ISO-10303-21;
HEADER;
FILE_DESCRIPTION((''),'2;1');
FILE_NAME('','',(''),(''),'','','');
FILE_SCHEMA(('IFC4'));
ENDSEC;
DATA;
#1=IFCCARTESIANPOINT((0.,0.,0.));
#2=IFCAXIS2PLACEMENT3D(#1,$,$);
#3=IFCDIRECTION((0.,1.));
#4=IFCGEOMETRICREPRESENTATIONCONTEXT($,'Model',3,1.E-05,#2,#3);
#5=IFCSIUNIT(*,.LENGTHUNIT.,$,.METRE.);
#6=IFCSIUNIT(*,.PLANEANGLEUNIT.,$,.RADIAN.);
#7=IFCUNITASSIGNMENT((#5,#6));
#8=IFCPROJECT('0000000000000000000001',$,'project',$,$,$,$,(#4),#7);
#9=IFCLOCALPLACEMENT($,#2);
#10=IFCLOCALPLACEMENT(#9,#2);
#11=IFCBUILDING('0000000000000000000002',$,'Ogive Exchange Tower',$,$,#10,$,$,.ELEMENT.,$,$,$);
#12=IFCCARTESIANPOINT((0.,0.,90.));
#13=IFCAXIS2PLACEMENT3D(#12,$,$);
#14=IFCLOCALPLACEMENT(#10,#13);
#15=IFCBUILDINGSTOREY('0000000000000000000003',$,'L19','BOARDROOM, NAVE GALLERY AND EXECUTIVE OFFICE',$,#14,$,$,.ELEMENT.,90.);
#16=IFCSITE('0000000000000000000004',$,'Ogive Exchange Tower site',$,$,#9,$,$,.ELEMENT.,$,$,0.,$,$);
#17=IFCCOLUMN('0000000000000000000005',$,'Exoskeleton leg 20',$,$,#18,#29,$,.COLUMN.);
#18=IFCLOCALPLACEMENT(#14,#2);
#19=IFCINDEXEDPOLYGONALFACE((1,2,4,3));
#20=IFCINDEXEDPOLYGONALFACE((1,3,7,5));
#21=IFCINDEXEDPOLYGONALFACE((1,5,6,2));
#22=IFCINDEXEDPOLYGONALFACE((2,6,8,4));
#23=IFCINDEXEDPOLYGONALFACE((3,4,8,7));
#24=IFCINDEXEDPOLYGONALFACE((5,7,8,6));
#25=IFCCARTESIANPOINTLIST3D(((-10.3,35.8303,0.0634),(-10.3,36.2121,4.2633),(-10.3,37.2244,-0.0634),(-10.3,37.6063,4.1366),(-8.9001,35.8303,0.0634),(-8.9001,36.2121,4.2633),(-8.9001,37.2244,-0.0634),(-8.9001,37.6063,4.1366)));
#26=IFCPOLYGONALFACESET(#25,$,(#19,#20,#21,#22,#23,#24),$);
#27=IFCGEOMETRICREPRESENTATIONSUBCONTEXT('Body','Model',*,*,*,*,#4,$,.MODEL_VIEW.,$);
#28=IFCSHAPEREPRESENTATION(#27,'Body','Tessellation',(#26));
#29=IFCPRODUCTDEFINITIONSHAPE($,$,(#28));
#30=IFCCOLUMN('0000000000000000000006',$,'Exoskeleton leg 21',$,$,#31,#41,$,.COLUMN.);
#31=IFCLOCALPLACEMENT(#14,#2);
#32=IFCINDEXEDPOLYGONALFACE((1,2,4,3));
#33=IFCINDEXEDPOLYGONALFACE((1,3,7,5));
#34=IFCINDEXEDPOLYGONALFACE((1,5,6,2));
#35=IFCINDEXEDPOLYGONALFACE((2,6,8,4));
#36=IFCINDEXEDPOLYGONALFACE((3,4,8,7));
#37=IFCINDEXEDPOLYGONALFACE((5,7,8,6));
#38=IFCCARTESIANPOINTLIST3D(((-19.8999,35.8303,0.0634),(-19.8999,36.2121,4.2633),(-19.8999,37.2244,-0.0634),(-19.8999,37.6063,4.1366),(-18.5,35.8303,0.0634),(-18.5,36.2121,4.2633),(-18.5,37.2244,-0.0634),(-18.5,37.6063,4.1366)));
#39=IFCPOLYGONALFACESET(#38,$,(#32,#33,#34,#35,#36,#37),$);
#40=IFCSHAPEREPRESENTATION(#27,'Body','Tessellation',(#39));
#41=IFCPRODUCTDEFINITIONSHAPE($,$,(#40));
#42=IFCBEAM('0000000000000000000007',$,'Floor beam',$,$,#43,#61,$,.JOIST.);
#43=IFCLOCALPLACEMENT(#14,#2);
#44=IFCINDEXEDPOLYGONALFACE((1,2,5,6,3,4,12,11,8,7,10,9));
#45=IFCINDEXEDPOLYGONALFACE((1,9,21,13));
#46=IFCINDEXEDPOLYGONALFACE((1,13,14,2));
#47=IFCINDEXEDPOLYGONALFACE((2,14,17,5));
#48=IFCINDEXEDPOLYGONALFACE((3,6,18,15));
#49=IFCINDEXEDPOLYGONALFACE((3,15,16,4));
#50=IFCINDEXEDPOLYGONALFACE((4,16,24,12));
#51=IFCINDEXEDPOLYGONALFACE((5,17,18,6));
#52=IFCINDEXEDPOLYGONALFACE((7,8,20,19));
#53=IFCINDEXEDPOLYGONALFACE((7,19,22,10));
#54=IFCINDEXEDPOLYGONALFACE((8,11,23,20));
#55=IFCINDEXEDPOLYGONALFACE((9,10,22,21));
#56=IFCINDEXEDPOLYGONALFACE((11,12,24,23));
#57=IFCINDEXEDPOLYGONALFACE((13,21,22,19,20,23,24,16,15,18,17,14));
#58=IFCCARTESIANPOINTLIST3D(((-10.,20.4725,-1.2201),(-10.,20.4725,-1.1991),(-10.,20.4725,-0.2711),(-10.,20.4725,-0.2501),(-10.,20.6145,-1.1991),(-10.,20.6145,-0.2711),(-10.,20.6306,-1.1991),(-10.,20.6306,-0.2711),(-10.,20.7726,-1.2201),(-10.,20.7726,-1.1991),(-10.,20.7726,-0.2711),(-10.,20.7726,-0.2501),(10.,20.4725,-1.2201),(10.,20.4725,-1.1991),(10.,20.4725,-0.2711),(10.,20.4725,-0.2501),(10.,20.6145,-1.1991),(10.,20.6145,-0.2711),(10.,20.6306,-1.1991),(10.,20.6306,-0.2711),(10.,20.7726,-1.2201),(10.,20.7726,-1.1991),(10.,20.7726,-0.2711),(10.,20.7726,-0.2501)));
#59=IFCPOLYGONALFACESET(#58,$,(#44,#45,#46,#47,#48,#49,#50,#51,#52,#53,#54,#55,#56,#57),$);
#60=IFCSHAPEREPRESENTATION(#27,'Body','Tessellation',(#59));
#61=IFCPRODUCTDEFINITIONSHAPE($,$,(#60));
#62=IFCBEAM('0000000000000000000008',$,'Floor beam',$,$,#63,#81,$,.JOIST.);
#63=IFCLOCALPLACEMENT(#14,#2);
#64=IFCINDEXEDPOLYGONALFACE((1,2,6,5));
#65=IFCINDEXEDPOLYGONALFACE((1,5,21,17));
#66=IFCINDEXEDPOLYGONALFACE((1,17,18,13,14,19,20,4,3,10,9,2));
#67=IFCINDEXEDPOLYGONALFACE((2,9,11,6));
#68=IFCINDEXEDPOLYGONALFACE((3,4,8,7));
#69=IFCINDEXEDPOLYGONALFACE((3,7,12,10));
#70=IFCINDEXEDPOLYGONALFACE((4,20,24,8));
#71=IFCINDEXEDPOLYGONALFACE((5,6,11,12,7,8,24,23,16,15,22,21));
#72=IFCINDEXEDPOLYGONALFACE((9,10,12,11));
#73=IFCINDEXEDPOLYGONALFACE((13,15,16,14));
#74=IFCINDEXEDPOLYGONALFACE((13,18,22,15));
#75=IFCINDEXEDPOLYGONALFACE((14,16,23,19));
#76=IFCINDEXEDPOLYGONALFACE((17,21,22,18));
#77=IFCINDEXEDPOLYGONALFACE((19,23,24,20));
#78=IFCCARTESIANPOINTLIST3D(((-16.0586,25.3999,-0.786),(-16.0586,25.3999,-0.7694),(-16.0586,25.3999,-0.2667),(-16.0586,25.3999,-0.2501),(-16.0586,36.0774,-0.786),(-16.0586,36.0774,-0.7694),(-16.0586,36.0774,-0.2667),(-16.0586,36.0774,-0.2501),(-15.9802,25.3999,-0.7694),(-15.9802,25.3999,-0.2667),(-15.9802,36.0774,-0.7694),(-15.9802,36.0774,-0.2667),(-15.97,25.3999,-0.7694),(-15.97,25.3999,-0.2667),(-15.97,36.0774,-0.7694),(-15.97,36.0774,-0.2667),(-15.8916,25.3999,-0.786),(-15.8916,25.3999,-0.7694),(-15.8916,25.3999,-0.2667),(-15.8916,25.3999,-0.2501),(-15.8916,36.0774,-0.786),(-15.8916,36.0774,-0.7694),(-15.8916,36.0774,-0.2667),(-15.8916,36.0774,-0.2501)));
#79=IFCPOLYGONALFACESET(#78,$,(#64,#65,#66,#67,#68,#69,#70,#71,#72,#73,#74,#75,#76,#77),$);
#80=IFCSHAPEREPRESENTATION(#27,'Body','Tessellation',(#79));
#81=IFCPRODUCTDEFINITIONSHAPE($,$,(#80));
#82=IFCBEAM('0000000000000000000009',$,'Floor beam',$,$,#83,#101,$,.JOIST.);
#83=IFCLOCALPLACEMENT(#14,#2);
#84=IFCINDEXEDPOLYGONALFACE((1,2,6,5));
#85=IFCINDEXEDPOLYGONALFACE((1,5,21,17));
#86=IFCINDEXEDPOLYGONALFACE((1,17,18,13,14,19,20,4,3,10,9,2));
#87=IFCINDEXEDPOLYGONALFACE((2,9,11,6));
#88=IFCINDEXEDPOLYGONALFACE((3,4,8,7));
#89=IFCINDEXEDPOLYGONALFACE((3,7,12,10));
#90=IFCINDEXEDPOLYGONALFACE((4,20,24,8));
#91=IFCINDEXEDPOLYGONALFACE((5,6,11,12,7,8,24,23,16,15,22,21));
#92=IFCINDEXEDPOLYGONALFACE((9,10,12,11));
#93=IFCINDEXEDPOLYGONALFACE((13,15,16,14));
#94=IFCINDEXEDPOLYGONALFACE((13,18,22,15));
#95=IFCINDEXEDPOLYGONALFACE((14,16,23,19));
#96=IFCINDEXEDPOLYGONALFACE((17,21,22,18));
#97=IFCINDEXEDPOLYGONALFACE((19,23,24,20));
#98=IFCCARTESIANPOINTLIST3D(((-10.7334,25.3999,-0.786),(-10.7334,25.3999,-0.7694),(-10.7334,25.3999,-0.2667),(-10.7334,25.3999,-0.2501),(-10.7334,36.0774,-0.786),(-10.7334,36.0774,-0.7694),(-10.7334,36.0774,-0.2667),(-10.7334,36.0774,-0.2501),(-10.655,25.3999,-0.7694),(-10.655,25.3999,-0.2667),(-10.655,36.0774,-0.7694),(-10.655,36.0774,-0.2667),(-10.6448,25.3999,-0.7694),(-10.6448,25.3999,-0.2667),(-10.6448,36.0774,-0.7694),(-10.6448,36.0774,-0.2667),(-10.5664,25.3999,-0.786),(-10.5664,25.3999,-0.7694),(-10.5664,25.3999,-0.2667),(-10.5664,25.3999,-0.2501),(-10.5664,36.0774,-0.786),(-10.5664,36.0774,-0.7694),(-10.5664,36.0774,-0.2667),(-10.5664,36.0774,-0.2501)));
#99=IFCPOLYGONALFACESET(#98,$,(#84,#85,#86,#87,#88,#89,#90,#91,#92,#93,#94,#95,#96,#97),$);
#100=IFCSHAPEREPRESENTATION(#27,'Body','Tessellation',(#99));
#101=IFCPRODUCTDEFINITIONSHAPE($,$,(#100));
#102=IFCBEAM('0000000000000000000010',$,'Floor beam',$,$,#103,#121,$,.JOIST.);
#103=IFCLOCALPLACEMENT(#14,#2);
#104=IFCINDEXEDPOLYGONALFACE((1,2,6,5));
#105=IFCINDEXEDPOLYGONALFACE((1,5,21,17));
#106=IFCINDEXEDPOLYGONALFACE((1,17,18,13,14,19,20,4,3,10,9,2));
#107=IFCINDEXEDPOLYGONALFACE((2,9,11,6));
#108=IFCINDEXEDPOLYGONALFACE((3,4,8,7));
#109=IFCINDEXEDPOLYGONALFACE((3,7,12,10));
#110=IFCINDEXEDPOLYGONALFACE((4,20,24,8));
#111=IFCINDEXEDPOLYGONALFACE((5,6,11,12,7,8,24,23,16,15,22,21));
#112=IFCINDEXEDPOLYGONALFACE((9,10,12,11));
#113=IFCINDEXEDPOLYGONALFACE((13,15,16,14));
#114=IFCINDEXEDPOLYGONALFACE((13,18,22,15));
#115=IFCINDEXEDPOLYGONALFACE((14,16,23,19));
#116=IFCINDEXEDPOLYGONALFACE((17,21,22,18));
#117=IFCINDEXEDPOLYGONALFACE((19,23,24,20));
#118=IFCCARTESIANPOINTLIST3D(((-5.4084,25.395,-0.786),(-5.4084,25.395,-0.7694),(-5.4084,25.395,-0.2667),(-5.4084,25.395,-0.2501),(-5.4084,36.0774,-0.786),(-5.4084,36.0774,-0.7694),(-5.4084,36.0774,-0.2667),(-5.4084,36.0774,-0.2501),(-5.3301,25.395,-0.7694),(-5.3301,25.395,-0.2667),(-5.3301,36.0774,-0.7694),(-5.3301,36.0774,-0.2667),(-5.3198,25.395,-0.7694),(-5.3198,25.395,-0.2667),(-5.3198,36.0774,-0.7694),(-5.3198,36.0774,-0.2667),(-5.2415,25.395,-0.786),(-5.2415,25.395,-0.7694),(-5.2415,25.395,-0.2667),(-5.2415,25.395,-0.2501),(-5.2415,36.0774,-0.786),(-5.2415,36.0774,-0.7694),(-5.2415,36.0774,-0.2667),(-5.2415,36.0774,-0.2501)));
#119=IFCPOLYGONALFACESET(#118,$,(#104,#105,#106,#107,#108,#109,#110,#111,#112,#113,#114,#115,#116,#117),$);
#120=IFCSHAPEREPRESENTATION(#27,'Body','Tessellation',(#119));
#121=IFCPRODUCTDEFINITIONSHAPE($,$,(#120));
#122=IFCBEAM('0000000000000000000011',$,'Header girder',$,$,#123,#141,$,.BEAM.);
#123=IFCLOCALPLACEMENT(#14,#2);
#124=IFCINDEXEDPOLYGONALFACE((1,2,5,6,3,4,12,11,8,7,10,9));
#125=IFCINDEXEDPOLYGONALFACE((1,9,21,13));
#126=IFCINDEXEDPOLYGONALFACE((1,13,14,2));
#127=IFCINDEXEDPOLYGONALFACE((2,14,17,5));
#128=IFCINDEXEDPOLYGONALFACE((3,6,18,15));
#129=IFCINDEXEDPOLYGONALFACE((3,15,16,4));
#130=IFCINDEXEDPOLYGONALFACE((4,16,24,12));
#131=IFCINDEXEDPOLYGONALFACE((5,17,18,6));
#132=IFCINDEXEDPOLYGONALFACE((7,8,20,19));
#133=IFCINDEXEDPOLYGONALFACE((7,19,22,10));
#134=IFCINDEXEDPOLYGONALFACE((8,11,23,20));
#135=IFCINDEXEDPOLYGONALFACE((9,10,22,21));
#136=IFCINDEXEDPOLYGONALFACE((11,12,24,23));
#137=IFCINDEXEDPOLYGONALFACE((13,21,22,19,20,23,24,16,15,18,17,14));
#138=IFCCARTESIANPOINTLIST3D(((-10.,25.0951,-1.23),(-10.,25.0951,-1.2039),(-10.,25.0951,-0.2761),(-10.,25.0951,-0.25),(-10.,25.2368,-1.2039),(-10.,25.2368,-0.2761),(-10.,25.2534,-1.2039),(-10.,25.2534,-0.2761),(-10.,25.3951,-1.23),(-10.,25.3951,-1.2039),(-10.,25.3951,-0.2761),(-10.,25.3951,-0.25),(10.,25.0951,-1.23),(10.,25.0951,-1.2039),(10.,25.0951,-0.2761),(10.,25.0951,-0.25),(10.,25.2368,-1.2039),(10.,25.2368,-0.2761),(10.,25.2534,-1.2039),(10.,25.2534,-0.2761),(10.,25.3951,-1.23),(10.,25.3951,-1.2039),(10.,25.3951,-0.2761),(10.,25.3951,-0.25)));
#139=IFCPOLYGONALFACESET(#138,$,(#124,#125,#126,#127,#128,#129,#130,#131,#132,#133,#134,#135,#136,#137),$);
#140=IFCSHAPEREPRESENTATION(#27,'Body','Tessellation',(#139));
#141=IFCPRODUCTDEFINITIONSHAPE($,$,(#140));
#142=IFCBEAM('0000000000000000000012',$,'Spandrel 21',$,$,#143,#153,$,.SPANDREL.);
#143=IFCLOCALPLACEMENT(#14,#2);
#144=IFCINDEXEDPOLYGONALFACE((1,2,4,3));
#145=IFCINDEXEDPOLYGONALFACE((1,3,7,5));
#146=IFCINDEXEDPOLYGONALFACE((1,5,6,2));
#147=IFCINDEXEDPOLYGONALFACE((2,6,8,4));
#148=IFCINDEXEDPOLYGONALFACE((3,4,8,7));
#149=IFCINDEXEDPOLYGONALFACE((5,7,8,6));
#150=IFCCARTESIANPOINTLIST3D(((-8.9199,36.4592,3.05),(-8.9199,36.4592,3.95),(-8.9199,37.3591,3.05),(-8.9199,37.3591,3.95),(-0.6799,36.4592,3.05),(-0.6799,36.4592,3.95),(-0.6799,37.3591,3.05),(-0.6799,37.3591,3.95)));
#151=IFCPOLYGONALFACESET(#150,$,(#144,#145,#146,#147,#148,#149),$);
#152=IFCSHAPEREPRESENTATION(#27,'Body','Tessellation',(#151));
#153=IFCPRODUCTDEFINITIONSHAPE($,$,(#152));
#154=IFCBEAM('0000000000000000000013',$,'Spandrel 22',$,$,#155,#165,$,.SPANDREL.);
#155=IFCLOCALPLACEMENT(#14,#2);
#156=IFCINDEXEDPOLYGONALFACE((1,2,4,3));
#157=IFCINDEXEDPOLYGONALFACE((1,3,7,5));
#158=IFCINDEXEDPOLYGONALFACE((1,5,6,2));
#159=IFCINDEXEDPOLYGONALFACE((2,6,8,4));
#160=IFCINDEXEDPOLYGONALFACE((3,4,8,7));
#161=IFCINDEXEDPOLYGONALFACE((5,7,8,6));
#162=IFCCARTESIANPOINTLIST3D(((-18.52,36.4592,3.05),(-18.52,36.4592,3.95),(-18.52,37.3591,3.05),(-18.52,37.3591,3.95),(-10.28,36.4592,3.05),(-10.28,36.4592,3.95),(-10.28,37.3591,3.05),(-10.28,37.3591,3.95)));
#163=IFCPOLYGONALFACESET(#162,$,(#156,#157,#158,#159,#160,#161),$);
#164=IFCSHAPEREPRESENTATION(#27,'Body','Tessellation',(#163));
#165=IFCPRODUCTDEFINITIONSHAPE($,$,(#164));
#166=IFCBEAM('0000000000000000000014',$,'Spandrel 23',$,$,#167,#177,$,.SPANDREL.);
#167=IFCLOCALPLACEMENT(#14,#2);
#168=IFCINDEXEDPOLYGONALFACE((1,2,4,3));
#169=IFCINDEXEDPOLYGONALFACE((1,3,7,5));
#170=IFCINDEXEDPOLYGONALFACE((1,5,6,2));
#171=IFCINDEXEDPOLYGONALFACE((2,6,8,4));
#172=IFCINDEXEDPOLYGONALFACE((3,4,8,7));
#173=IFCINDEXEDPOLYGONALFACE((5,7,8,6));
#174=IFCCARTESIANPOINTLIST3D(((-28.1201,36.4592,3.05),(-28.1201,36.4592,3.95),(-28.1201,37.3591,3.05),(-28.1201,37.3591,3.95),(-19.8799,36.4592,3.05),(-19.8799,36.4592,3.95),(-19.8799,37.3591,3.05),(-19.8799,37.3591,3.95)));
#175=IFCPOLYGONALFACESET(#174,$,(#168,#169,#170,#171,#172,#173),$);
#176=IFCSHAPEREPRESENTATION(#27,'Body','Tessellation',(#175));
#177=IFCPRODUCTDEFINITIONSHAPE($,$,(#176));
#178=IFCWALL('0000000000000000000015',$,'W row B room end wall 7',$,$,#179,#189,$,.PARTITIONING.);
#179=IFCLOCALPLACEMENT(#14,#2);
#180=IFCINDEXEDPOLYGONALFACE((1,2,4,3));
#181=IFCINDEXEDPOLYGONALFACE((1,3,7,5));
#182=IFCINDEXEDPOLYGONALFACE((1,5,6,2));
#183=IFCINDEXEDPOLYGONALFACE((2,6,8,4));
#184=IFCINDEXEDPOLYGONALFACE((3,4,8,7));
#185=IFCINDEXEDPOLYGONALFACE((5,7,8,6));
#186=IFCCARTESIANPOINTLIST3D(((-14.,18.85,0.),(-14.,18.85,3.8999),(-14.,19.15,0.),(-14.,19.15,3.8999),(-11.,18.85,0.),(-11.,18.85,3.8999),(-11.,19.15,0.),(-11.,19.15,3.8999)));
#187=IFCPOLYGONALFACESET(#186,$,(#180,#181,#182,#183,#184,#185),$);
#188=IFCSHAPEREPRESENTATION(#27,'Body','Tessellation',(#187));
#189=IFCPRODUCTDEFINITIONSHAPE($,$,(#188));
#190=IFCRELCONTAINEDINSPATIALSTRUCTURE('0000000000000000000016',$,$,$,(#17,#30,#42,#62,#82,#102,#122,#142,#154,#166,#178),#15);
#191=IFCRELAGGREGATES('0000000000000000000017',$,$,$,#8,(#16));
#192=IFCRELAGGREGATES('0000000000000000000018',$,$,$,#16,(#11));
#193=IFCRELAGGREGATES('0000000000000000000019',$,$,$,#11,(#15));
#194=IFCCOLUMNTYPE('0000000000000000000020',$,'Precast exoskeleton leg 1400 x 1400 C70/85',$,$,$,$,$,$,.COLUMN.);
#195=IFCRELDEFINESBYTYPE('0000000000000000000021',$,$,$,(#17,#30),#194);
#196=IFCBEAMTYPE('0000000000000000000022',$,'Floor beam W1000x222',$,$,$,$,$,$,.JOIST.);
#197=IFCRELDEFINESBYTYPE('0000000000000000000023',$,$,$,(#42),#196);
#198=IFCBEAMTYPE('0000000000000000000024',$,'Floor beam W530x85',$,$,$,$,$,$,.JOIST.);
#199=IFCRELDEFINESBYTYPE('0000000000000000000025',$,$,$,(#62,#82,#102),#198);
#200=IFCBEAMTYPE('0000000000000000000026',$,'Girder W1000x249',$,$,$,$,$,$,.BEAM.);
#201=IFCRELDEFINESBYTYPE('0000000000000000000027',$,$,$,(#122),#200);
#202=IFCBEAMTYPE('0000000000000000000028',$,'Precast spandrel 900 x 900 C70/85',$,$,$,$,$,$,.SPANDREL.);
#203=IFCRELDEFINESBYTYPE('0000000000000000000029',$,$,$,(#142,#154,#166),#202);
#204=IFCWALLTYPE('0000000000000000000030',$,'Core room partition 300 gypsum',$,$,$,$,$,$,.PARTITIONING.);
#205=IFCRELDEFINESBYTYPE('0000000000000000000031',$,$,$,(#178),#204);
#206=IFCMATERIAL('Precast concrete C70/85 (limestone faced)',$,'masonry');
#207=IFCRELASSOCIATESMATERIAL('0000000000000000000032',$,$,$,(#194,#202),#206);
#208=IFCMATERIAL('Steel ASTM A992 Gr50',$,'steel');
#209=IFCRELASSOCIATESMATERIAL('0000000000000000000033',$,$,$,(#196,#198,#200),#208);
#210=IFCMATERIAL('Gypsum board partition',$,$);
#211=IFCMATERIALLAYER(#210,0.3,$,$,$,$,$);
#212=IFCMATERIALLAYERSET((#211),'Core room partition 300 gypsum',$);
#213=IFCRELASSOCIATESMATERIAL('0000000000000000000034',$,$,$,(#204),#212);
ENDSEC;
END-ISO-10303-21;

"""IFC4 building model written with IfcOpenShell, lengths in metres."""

from ifc_helpers import new_model, si_unit, direction, frame, frame_2d, origin, origin_2d, place, context, subcontext, project, spatial, rectangle, i_section, extrude, material, layer, layer_set, material_profile, profile_set, type_object, element, save


model = new_model("IFC4")

# Units and contexts
model_context = context("Model", 3, precision=1e-05, world=origin(), true_north=direction((0.0, 1.0)))
body_context = subcontext(model_context, "Body", "Model", "MODEL_VIEW")
ifc_project = project(units=[si_unit("LENGTHUNIT", "METRE"), si_unit("PLANEANGLEUNIT", "RADIAN")], contexts=[model_context])

# Site, building, storey
site_placement = place(None, origin())
site = spatial("IfcSite", under=ifc_project, at=site_placement, Name="Ogive Exchange Tower site", CompositionType="ELEMENT", RefElevation=0.0)
building_placement = place(site_placement, origin())
building = spatial("IfcBuilding", under=site, at=building_placement, Name="Ogive Exchange Tower", CompositionType="ELEMENT")
storey_placement = place(building_placement, frame((0.0, 0.0, 90.0)))
storey = spatial("IfcBuildingStorey", under=building, at=storey_placement, Name="L19", Description="BOARDROOM, NAVE GALLERY AND EXECUTIVE OFFICE", CompositionType="ELEMENT", Elevation=90.0)

# Columns
ifc_material_1 = material(Name="Precast concrete C70/85 (limestone faced)", Category="masonry")
ifc_material_profile_1 = material_profile(ifc_material_1, rectangle(XDim=1.3999, YDim=1.3999, at=origin_2d()), Name="1400 x 1400")
ifc_profile_set_1 = profile_set([ifc_material_profile_1], Name="Precast concrete C70/85 (limestone faced)")
column_type = type_object("IfcColumnType", Name="Precast exoskeleton leg 1400 x 1400 C70/85", PredefinedType="COLUMN", material=ifc_profile_set_1)
for number, where, z_axis, x_axis, name in (
    (1, (-9.6001, 36.5273, 0.0), (0.0, 0.090541, 0.995893), (-1.0, 0.0, 0.0), "Exoskeleton leg 20"),
    (2, (-19.2, 36.5273, 0.0), (0.0, 0.090541, 0.995893), (-1.0, 0.0, 0.0), "Exoskeleton leg 21"),
):
    element("IfcColumn", number, at=place(storey_placement, frame(where, z_axis=z_axis, x_axis=x_axis)), inside=storey, type_object=column_type, Name=name, PredefinedType="COLUMN", context=body_context, shape_type="SweptSolid", body=[
        extrude(rectangle(XDim=1.3999, YDim=1.3999, at=origin_2d()), origin(), (0.0, 0.0, 1.0), 4.2173),
    ])

# Beams
ifc_material_2 = material(Name="Steel ASTM A992 Gr50", Category="steel")
ifc_material_profile_2 = material_profile(ifc_material_2, i_section(OverallWidth=0.3, OverallDepth=0.97, WebThickness=0.0161, FlangeThickness=0.021, at=origin_2d()), Name="W1000x222")
ifc_profile_set_2 = profile_set([ifc_material_profile_2], Name="Steel ASTM A992 Gr50")
beam_type_1 = type_object("IfcBeamType", Name="Floor beam W1000x222", PredefinedType="JOIST", material=ifc_profile_set_2)
beam_1_placement = place(storey_placement, frame((-10.0, 20.6226, -0.7351), z_axis=(1.0, 0.0, 0.0), x_axis=(0.0, 1.0, 0.0)))
element("IfcBeam", 3, at=beam_1_placement, inside=storey, type_object=beam_type_1, Name="Floor beam", PredefinedType="JOIST", context=body_context, shape_type="SweptSolid", body=[
    extrude(i_section(OverallWidth=0.3, OverallDepth=0.97, WebThickness=0.0161, FlangeThickness=0.021, at=origin_2d()), origin(), (0.0, 0.0, 1.0), 20.0),
])
ifc_material_profile_3 = material_profile(ifc_material_2, i_section(OverallWidth=0.167, OverallDepth=0.5359, WebThickness=0.0103, FlangeThickness=0.0166, at=origin_2d()), Name="W530x85")
ifc_profile_set_3 = profile_set([ifc_material_profile_3], Name="Steel ASTM A992 Gr50")
beam_type_2 = type_object("IfcBeamType", Name="Floor beam W530x85", PredefinedType="JOIST", material=ifc_profile_set_3)
for number, where, z_axis, x_axis, name in (
    (4, (-15.9751, 25.3999, -0.5181), (0.0, 1.0, 0.0), (-1.0, 0.0, 0.0), "Floor beam"),
    (5, (-10.6499, 25.3999, -0.5181), (0.0, 1.0, 0.0), (-1.0, 0.0, 0.0), "Floor beam"),
):
    element("IfcBeam", number, at=place(storey_placement, frame(where, z_axis=z_axis, x_axis=x_axis)), inside=storey, type_object=beam_type_2, Name=name, PredefinedType="JOIST", context=body_context, shape_type="SweptSolid", body=[
        extrude(i_section(OverallWidth=0.167, OverallDepth=0.5359, WebThickness=0.0103, FlangeThickness=0.0166, at=origin_2d()), origin(), (0.0, 0.0, 1.0), 10.6775),
    ])
beam_2_placement = place(storey_placement, frame((-5.325, 25.395, -0.5181), z_axis=(0.0, 1.0, 0.0), x_axis=(-1.0, 0.0, 0.0)))
element("IfcBeam", 6, at=beam_2_placement, inside=storey, type_object=beam_type_2, Name="Floor beam", PredefinedType="JOIST", context=body_context, shape_type="SweptSolid", body=[
    extrude(i_section(OverallWidth=0.167, OverallDepth=0.5359, WebThickness=0.0103, FlangeThickness=0.0166, at=origin_2d()), origin(), (0.0, 0.0, 1.0), 10.6824),
])
ifc_material_profile_4 = material_profile(ifc_material_2, i_section(OverallWidth=0.3, OverallDepth=0.98, WebThickness=0.0166, FlangeThickness=0.0261, at=origin_2d()), Name="W1000x249")
ifc_profile_set_4 = profile_set([ifc_material_profile_4], Name="Steel ASTM A992 Gr50")
beam_type_3 = type_object("IfcBeamType", Name="Girder W1000x249", PredefinedType="BEAM", material=ifc_profile_set_4)
beam_3_placement = place(storey_placement, frame((-10.0, 25.2451, -0.74), z_axis=(1.0, 0.0, 0.0), x_axis=(0.0, 1.0, 0.0)))
element("IfcBeam", 7, at=beam_3_placement, inside=storey, type_object=beam_type_3, Name="Header girder", PredefinedType="BEAM", context=body_context, shape_type="SweptSolid", body=[
    extrude(i_section(OverallWidth=0.3, OverallDepth=0.98, WebThickness=0.0166, FlangeThickness=0.0261, at=origin_2d()), origin(), (0.0, 0.0, 1.0), 20.0),
])
ifc_material_profile_5 = material_profile(ifc_material_1, rectangle(XDim=0.8999, YDim=0.8999, at=origin_2d()), Name="900 x 900")
ifc_profile_set_5 = profile_set([ifc_material_profile_5], Name="Precast concrete C70/85 (limestone faced)")
beam_type_4 = type_object("IfcBeamType", Name="Precast spandrel 900 x 900 C70/85", PredefinedType="SPANDREL", material=ifc_profile_set_5)
for number, where, z_axis, x_axis, name in (
    (8, (-0.6799, 36.9092, 3.5), (-1.0, 0.0, 0.0), (0.0, -1.0, 0.0), "Spandrel 21"),
    (9, (-10.28, 36.9092, 3.5), (-1.0, 0.0, 0.0), (0.0, -1.0, 0.0), "Spandrel 22"),
):
    element("IfcBeam", number, at=place(storey_placement, frame(where, z_axis=z_axis, x_axis=x_axis)), inside=storey, type_object=beam_type_4, Name=name, PredefinedType="SPANDREL", context=body_context, shape_type="SweptSolid", body=[
        extrude(rectangle(XDim=0.8999, YDim=0.8999, at=origin_2d()), origin(), (0.0, 0.0, 1.0), 8.24),
    ])
beam_4_placement = place(storey_placement, frame((-19.8799, 36.9092, 3.5), z_axis=(-1.0, 0.0, 0.0), x_axis=(0.0, -1.0, 0.0)))
element("IfcBeam", 10, at=beam_4_placement, inside=storey, type_object=beam_type_4, Name="Spandrel 23", PredefinedType="SPANDREL", context=body_context, shape_type="SweptSolid", body=[
    extrude(rectangle(XDim=0.8999, YDim=0.8999, at=origin_2d()), origin(), (0.0, 0.0, 1.0), 8.2402),
])

# Wall
ifc_material_3 = material(Name="Gypsum board partition")
ifc_layer_1 = layer(ifc_material_3, 0.3)
ifc_layer_set_1 = layer_set([ifc_layer_1], Name="Core room partition 300 gypsum")
wall_type_1 = type_object("IfcWallType", Name="Core room partition 300 gypsum", PredefinedType="PARTITIONING", material=ifc_layer_set_1)
wall_1_placement = place(storey_placement, frame((-14.0, 19.0, 0.0), z_axis=(0.0, 0.0, 1.0), x_axis=(1.0, 0.0, 0.0)))
element("IfcWall", 11, at=wall_1_placement, inside=storey, type_object=wall_type_1, Name="W row B room end wall 7", PredefinedType="PARTITIONING", context=body_context, shape_type="SweptSolid", body=[
    extrude(rectangle(XDim=3.0, YDim=0.3, at=frame_2d((1.5, 0.0))), origin(), (0.0, 0.0, 1.0), 3.8999),
])

save(model, "model.ifc")
